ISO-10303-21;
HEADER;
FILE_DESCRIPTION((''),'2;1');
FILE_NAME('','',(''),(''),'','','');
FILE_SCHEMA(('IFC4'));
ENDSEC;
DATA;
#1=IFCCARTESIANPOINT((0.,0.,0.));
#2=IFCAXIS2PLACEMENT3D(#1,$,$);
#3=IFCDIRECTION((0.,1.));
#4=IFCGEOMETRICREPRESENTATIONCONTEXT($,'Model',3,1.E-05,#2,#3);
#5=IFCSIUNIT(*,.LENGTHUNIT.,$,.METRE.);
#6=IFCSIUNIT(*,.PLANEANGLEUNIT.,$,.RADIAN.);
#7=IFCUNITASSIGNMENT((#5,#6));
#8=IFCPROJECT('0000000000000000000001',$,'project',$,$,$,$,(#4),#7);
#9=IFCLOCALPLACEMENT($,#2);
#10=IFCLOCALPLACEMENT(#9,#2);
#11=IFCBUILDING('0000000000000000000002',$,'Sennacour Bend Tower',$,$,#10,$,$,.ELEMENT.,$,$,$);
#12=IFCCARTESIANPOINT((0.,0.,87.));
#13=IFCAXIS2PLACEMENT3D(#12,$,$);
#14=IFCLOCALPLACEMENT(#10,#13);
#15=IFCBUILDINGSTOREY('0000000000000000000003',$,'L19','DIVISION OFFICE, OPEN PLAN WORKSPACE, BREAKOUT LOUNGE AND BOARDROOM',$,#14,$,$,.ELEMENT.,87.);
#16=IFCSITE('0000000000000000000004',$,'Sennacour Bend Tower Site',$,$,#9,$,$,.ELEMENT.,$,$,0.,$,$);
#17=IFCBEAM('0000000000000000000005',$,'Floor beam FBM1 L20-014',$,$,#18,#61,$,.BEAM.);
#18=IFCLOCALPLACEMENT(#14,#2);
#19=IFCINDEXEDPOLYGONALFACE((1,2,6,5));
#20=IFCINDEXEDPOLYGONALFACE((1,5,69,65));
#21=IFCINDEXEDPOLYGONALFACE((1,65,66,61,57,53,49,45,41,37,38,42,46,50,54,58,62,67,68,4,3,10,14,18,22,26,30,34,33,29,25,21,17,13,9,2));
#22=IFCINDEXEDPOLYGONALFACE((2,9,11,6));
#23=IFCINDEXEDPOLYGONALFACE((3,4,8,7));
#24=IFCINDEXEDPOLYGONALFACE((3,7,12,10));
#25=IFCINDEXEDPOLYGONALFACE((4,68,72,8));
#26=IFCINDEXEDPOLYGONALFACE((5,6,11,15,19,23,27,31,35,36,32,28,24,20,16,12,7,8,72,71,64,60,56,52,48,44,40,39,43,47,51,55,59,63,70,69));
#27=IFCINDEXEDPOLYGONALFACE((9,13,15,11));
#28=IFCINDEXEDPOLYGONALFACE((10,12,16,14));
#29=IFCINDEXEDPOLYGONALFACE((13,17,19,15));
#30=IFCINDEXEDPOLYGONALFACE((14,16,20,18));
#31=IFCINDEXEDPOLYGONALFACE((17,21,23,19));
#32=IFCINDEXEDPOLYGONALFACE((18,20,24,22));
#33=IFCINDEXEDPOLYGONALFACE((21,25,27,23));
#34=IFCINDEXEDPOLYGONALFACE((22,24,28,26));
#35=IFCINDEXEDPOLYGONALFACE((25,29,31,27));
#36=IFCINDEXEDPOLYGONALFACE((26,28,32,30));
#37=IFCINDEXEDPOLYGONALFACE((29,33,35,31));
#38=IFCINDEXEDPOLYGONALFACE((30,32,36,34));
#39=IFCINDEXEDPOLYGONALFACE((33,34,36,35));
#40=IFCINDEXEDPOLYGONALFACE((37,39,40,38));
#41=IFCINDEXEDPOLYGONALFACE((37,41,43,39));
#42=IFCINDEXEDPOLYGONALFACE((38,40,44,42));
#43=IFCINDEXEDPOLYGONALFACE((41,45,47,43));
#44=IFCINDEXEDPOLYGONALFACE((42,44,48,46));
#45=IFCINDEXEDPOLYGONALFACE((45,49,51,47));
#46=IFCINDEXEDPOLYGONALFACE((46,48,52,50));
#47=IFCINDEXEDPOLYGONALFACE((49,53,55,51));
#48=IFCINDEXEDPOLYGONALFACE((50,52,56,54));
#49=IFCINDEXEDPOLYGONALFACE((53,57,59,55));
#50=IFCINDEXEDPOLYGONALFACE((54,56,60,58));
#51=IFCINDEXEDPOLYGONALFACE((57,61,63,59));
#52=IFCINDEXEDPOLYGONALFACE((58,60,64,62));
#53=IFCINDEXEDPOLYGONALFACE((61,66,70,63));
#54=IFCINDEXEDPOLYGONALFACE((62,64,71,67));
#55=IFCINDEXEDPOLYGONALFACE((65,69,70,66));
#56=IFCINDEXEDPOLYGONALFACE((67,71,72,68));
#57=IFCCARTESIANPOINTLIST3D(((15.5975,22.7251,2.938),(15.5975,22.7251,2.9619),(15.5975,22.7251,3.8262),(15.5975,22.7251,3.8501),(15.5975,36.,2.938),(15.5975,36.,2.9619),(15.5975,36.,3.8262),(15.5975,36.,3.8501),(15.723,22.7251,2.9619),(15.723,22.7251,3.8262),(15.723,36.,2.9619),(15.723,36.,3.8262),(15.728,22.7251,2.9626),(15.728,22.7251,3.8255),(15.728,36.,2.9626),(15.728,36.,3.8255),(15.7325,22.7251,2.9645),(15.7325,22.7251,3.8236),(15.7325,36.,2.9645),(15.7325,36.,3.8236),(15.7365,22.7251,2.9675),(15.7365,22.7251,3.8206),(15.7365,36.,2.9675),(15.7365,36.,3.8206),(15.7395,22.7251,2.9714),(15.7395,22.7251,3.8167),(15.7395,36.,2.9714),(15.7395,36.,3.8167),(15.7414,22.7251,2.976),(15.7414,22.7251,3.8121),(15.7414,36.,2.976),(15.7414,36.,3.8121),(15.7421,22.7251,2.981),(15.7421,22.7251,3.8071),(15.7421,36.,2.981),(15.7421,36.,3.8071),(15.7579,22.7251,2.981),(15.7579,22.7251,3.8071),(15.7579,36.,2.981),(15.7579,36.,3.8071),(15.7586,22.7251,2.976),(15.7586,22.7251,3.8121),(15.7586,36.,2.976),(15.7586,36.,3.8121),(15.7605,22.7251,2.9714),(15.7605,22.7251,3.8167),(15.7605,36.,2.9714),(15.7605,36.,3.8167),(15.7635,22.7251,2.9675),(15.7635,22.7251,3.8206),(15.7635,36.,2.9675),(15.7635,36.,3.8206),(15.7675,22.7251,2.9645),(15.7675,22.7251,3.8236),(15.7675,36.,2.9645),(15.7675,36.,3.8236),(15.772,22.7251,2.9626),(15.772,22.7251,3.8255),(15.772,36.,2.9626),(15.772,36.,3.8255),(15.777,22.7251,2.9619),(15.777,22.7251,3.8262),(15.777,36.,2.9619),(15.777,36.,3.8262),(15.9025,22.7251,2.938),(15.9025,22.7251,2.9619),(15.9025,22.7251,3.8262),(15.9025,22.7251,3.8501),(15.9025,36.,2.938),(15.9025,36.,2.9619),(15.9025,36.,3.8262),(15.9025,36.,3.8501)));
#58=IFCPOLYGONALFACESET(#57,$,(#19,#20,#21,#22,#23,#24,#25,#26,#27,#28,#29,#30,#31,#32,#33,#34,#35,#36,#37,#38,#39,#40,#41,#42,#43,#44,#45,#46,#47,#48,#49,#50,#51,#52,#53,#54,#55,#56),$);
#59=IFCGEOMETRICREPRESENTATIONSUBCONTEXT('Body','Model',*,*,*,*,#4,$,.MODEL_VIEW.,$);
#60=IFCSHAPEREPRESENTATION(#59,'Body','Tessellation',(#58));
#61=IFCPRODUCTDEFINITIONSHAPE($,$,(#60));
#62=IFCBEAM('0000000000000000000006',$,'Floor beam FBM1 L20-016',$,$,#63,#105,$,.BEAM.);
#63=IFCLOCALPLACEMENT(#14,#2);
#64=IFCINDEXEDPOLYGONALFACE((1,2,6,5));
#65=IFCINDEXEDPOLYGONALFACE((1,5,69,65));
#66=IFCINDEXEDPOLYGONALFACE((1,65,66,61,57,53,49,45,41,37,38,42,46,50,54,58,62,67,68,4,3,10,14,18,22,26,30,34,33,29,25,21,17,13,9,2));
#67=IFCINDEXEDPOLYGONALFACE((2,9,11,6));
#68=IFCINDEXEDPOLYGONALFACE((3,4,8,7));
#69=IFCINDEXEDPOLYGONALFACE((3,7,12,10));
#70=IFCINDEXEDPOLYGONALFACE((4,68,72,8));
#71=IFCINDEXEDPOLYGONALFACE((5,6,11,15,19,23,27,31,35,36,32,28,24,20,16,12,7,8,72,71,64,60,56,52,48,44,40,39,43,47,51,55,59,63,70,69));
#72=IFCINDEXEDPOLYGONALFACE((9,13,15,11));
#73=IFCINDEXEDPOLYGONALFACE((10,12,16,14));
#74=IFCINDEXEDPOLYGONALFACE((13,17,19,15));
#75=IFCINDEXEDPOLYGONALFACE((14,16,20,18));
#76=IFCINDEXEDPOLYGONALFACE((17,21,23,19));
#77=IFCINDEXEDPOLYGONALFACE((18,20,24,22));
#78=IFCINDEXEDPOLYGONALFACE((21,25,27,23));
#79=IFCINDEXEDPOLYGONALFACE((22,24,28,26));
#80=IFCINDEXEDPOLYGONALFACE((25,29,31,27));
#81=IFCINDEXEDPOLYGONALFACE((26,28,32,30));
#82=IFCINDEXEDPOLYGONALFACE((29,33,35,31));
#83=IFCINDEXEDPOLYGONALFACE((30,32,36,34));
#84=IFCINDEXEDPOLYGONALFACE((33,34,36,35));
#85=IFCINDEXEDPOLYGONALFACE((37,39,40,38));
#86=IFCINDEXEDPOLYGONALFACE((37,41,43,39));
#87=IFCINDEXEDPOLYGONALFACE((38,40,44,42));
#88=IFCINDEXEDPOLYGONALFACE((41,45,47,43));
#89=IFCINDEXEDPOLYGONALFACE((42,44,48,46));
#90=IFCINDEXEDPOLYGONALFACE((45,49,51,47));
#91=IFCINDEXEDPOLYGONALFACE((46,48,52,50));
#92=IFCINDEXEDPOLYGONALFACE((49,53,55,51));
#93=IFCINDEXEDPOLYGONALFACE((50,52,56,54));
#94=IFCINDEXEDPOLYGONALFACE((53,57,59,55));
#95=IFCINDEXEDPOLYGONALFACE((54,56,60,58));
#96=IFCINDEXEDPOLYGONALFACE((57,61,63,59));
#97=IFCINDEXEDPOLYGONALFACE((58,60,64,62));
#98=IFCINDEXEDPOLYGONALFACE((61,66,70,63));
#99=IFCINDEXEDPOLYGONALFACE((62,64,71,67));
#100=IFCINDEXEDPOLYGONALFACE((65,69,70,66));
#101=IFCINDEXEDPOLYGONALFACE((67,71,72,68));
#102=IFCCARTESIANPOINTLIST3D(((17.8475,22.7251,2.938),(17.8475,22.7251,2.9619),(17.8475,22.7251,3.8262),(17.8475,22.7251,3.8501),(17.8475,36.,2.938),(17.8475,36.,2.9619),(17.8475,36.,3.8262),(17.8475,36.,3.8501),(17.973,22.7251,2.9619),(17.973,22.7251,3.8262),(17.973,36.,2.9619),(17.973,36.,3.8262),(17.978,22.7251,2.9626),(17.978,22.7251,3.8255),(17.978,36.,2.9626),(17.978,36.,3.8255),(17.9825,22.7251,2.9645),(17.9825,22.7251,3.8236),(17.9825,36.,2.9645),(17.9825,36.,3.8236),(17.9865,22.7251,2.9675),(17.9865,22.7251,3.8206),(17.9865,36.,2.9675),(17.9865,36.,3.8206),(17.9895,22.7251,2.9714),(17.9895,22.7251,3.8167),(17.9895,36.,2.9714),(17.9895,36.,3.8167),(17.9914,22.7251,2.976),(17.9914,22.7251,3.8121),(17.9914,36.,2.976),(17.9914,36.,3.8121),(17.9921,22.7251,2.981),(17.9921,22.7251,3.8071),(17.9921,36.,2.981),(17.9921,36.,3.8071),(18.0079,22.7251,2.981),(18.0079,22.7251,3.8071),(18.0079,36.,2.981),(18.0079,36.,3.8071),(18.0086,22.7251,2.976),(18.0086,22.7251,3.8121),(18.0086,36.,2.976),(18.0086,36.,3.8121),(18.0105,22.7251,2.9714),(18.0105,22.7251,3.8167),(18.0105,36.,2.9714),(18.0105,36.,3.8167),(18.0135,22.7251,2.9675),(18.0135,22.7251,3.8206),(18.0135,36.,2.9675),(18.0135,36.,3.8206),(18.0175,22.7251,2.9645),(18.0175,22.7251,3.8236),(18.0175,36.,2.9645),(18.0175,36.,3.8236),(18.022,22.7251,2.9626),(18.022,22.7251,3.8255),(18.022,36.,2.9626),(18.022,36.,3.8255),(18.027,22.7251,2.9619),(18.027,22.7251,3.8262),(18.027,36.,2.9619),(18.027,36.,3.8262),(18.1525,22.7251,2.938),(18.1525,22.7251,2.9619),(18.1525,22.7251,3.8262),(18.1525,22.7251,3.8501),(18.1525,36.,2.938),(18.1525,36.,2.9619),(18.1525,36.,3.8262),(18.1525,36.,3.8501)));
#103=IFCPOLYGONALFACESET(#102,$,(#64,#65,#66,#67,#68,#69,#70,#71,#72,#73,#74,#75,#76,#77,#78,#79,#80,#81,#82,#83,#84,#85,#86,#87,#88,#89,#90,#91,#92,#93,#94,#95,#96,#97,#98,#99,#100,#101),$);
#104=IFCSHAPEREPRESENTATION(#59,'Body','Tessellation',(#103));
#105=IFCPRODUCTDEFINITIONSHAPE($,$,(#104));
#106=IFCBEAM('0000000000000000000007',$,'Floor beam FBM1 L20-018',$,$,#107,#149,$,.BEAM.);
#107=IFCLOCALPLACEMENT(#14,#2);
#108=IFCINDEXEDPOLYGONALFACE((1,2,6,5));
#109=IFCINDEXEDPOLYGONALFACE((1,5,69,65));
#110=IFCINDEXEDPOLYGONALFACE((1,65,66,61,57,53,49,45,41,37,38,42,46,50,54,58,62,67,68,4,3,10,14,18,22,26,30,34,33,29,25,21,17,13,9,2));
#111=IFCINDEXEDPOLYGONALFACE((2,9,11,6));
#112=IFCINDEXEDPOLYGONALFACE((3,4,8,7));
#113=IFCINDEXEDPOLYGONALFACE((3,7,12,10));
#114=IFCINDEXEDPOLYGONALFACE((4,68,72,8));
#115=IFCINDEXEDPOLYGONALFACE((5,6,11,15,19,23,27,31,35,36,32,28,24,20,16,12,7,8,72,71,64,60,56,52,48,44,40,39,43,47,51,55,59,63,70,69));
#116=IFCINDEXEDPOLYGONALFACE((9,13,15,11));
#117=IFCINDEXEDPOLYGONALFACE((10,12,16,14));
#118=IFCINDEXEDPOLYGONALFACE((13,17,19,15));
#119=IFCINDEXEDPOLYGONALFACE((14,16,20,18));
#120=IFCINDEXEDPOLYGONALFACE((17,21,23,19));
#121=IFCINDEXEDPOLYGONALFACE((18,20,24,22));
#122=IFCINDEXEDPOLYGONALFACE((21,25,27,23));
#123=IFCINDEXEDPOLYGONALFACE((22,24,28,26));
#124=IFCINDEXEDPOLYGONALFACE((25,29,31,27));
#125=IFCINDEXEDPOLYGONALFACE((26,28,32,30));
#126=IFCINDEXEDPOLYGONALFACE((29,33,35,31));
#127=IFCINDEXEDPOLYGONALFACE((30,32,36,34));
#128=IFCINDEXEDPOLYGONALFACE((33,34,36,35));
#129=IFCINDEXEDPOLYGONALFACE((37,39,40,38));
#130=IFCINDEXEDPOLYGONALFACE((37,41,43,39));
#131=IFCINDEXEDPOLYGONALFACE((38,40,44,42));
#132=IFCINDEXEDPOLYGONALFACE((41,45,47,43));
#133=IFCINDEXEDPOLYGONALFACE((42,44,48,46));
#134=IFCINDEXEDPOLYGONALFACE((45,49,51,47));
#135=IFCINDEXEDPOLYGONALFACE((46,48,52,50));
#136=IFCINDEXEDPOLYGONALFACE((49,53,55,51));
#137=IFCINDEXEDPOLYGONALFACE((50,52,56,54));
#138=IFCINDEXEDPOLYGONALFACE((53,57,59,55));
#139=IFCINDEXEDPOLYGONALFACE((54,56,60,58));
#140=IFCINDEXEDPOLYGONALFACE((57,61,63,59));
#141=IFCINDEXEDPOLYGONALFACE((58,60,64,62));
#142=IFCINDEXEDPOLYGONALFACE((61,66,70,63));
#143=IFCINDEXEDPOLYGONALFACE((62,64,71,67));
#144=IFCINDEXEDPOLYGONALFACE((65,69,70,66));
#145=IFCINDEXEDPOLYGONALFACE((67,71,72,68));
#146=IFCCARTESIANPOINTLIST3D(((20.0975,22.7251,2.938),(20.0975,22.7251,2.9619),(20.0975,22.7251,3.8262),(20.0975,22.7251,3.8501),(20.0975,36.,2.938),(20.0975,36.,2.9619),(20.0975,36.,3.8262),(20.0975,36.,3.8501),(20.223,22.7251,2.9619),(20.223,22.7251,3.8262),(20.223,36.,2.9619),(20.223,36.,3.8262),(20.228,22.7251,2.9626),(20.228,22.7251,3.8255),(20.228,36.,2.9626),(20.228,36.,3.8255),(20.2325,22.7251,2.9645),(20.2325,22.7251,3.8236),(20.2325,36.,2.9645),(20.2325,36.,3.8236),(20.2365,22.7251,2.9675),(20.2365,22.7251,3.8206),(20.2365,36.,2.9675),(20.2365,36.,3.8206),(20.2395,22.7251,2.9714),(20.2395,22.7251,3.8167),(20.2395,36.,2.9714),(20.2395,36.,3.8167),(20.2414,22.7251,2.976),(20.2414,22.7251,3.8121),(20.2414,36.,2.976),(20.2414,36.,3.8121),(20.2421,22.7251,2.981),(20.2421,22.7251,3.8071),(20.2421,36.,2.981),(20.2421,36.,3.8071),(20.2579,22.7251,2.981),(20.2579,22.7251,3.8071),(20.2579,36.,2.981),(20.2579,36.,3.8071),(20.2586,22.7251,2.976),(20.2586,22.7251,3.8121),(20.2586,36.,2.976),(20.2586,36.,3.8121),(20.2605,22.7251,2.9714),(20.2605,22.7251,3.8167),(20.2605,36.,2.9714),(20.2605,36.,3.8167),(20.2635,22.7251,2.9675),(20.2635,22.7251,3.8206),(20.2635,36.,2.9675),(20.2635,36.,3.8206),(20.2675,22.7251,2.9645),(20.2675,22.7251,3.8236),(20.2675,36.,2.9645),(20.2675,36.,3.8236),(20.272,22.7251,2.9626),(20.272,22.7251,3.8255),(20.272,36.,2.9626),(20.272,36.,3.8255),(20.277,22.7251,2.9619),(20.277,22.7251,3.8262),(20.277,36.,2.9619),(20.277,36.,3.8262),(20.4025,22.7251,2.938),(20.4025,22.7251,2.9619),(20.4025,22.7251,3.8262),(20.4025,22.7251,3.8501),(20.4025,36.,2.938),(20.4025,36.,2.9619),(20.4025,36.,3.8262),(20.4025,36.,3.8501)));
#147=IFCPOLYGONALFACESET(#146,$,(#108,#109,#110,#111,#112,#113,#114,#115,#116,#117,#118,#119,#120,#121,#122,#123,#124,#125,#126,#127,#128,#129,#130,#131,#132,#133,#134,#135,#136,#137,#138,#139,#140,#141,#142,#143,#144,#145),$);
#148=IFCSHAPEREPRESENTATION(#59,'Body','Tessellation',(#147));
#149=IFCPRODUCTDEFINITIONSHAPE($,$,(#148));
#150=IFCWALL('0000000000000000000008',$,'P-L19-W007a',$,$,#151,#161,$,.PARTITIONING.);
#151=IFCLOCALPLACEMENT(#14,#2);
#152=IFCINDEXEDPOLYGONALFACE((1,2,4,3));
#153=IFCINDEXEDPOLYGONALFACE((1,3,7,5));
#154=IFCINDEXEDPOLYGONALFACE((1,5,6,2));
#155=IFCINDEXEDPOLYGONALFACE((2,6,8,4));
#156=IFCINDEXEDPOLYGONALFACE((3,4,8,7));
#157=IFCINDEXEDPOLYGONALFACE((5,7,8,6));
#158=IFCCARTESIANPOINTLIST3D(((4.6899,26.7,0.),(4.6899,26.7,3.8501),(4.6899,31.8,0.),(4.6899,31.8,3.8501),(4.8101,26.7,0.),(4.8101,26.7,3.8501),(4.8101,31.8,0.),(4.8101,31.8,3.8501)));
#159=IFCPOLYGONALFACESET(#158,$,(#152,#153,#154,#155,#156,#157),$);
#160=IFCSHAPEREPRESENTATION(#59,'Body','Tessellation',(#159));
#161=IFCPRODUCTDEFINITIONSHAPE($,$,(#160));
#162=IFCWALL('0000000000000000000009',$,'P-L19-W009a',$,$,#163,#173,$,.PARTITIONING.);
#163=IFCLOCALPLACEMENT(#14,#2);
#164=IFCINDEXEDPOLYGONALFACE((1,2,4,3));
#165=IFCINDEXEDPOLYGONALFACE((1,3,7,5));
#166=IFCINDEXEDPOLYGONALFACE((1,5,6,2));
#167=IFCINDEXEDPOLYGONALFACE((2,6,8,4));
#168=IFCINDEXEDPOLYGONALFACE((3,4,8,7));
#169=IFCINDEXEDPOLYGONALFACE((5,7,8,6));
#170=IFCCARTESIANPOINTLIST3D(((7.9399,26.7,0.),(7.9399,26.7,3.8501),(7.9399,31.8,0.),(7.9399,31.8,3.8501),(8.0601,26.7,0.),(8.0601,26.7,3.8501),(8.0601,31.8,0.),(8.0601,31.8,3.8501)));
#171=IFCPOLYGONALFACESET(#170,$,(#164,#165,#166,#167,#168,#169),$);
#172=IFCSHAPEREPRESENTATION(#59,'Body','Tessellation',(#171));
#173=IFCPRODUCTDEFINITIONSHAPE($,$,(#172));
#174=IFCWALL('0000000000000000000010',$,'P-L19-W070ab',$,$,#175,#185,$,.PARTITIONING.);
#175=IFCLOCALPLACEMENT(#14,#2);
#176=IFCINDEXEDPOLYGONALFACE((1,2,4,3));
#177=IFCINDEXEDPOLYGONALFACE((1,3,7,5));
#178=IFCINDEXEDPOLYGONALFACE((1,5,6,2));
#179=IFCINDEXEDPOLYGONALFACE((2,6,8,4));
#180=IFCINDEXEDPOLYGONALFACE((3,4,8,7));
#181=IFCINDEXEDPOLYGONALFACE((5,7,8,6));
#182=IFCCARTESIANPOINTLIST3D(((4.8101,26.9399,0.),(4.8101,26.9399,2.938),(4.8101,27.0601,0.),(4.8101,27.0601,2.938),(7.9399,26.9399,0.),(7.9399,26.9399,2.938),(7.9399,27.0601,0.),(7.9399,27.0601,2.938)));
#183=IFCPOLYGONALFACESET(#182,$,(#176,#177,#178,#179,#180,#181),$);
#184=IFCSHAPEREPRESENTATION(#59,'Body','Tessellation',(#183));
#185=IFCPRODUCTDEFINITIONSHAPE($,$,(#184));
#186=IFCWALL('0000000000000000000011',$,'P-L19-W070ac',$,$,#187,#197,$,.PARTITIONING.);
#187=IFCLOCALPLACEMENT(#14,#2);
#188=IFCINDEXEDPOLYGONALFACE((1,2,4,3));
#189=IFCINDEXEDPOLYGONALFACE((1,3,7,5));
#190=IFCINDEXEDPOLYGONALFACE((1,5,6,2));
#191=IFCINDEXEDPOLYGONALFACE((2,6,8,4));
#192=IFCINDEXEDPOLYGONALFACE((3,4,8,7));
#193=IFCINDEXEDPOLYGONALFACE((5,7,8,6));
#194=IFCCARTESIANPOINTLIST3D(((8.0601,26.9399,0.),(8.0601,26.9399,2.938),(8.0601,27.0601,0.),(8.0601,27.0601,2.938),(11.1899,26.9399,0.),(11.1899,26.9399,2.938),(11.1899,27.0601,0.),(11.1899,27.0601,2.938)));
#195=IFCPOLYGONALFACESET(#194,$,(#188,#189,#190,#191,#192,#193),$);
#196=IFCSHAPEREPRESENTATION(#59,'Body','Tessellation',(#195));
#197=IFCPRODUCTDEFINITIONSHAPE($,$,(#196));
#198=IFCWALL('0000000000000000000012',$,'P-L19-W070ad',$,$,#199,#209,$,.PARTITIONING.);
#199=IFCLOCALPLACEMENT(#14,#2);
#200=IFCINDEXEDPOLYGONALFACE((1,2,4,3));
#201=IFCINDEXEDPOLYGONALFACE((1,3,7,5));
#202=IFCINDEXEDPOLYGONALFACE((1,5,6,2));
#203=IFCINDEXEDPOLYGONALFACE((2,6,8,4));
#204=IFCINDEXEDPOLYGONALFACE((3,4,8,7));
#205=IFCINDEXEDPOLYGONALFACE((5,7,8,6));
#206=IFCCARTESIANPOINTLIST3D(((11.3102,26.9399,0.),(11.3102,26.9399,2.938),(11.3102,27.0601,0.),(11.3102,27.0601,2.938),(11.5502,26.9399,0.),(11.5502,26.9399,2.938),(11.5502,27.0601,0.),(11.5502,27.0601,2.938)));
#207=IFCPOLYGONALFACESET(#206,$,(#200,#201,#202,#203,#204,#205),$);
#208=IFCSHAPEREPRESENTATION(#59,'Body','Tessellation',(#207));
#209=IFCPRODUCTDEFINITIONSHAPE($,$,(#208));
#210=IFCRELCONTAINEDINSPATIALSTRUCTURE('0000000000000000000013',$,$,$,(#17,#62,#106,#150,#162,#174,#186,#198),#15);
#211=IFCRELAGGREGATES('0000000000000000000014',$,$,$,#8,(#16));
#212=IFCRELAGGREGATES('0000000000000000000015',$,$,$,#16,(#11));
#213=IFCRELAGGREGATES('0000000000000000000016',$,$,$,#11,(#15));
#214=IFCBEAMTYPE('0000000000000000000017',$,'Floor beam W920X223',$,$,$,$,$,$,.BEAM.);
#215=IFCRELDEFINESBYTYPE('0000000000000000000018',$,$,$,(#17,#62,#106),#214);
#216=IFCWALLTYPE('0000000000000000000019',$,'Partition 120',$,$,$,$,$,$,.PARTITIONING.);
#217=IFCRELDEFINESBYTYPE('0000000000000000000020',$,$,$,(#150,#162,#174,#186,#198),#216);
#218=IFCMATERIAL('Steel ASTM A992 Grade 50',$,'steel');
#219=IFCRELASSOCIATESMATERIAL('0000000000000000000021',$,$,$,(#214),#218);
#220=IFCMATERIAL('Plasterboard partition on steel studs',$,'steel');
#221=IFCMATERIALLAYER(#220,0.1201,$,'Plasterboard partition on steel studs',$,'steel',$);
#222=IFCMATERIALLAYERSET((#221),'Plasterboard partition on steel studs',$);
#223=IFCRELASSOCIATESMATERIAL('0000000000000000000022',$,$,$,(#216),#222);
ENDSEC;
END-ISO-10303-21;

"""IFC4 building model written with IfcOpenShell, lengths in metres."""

from ifc_helpers import new_model, si_unit, direction, frame, frame_2d, origin, origin_2d, place, context, subcontext, project, spatial, rectangle, i_section, extrude, material, layer, layer_set, material_profile, profile_set, type_object, element, save


model = new_model("IFC4")

# Units and contexts
model_context = context("Model", 3, precision=1e-05, world=origin(), true_north=direction((0.0, 1.0)))
body_context = subcontext(model_context, "Body", "Model", "MODEL_VIEW")
ifc_project = project(units=[si_unit("LENGTHUNIT", "METRE"), si_unit("PLANEANGLEUNIT", "RADIAN")], contexts=[model_context])

# Site, building, storey
site_placement = place(None, origin())
site = spatial("IfcSite", under=ifc_project, at=site_placement, Name="Sennacour Bend Tower Site", CompositionType="ELEMENT", RefElevation=0.0)
building_placement = place(site_placement, origin())
building = spatial("IfcBuilding", under=site, at=building_placement, Name="Sennacour Bend Tower", CompositionType="ELEMENT")
storey_placement = place(building_placement, frame((0.0, 0.0, 87.0)))
storey = spatial("IfcBuildingStorey", under=building, at=storey_placement, Name="L19", Description="DIVISION OFFICE, OPEN PLAN WORKSPACE, BREAKOUT LOUNGE AND BOARDROOM", CompositionType="ELEMENT", Elevation=87.0)

# Beams
ifc_material_1 = material(Name="Steel ASTM A992 Grade 50", Category="steel")
ifc_material_profile = material_profile(ifc_material_1, i_section(OverallWidth=0.3049, OverallDepth=0.9121, WebThickness=0.0159, FlangeThickness=0.0239, FilletRadius=0.019, at=origin_2d()), Name="Steel ASTM A992 Grade 50", Category="steel")
ifc_profile_set = profile_set([ifc_material_profile], Name="Steel ASTM A992 Grade 50")
beam_type = type_object("IfcBeamType", Name="Floor beam W920X223", PredefinedType="BEAM", material=ifc_profile_set)
for number, where, z_axis, x_axis, name in (
    (1, (15.75, 22.7251, 3.394), (0.0, 1.0, 0.0), (-1.0, 0.0, 0.0), "Floor beam FBM1 L20-014"),
    (2, (18.0, 22.7251, 3.394), (0.0, 1.0, 0.0), (-1.0, 0.0, 0.0), "Floor beam FBM1 L20-016"),
    (3, (20.25, 22.7251, 3.394), (0.0, 1.0, 0.0), (-1.0, 0.0, 0.0), "Floor beam FBM1 L20-018"),
):
    element("IfcBeam", number, at=place(storey_placement, frame(where, z_axis=z_axis, x_axis=x_axis)), inside=storey, type_object=beam_type, Name=name, PredefinedType="BEAM", context=body_context, shape_type="SweptSolid", body=[
        extrude(i_section(OverallWidth=0.3049, OverallDepth=0.9121, WebThickness=0.0159, FlangeThickness=0.0239, FilletRadius=0.019, at=origin_2d()), origin(), (0.0, 0.0, 1.0), 13.2749),
    ])

# Walls
ifc_material_2 = material(Name="Plasterboard partition on steel studs", Category="steel")
ifc_layer_1 = layer(ifc_material_2, 0.1201, Name="Plasterboard partition on steel studs", Category="steel")
ifc_layer_set_1 = layer_set([ifc_layer_1], Name="Plasterboard partition on steel studs")
wall_type_1 = type_object("IfcWallType", Name="Partition 120", PredefinedType="PARTITIONING", material=ifc_layer_set_1)
for number, where, z_axis, x_axis, name in (
    (4, (4.75, 26.7, 0.0), (0.0, 0.0, 1.0), (0.0, 1.0, 0.0), "P-L19-W007a"),
    (5, (8.0, 26.7, 0.0), (0.0, 0.0, 1.0), (0.0, 1.0, 0.0), "P-L19-W009a"),
):
    element("IfcWall", number, at=place(storey_placement, frame(where, z_axis=z_axis, x_axis=x_axis)), inside=storey, type_object=wall_type_1, Name=name, PredefinedType="PARTITIONING", context=body_context, shape_type="SweptSolid", body=[
        extrude(rectangle(XDim=5.1001, YDim=0.1201, at=frame_2d((2.55, 0.0))), origin(), (0.0, 0.0, 1.0), 3.8501),
    ])
for number, where, z_axis, x_axis, name in (
    (6, (4.8101, 27.0, 0.0), (0.0, 0.0, 1.0), (1.0, 0.0, 0.0), "P-L19-W070ab"),
    (7, (8.0601, 27.0, 0.0), (0.0, 0.0, 1.0), (1.0, 0.0, 0.0), "P-L19-W070ac"),
):
    element("IfcWall", number, at=place(storey_placement, frame(where, z_axis=z_axis, x_axis=x_axis)), inside=storey, type_object=wall_type_1, Name=name, PredefinedType="PARTITIONING", context=body_context, shape_type="SweptSolid", body=[
        extrude(rectangle(XDim=3.1299, YDim=0.1201, at=frame_2d((1.5649, 0.0))), origin(), (0.0, 0.0, 1.0), 2.938),
    ])
for number, where, z_axis, x_axis, name in (
    (8, (11.3101, 27.0, 0.0), (0.0, 0.0, 1.0), (1.0, 0.0, 0.0), "P-L19-W070ad"),
):
    element("IfcWall", number, at=place(storey_placement, frame(where, z_axis=z_axis, x_axis=x_axis)), inside=storey, type_object=wall_type_1, Name=name, PredefinedType="PARTITIONING", context=body_context, shape_type="SweptSolid", body=[
        extrude(rectangle(XDim=0.24, YDim=0.1201, at=frame_2d((0.1201, 0.0))), origin(), (0.0, 0.0, 1.0), 2.938),
    ])

save(model, "model.ifc")
